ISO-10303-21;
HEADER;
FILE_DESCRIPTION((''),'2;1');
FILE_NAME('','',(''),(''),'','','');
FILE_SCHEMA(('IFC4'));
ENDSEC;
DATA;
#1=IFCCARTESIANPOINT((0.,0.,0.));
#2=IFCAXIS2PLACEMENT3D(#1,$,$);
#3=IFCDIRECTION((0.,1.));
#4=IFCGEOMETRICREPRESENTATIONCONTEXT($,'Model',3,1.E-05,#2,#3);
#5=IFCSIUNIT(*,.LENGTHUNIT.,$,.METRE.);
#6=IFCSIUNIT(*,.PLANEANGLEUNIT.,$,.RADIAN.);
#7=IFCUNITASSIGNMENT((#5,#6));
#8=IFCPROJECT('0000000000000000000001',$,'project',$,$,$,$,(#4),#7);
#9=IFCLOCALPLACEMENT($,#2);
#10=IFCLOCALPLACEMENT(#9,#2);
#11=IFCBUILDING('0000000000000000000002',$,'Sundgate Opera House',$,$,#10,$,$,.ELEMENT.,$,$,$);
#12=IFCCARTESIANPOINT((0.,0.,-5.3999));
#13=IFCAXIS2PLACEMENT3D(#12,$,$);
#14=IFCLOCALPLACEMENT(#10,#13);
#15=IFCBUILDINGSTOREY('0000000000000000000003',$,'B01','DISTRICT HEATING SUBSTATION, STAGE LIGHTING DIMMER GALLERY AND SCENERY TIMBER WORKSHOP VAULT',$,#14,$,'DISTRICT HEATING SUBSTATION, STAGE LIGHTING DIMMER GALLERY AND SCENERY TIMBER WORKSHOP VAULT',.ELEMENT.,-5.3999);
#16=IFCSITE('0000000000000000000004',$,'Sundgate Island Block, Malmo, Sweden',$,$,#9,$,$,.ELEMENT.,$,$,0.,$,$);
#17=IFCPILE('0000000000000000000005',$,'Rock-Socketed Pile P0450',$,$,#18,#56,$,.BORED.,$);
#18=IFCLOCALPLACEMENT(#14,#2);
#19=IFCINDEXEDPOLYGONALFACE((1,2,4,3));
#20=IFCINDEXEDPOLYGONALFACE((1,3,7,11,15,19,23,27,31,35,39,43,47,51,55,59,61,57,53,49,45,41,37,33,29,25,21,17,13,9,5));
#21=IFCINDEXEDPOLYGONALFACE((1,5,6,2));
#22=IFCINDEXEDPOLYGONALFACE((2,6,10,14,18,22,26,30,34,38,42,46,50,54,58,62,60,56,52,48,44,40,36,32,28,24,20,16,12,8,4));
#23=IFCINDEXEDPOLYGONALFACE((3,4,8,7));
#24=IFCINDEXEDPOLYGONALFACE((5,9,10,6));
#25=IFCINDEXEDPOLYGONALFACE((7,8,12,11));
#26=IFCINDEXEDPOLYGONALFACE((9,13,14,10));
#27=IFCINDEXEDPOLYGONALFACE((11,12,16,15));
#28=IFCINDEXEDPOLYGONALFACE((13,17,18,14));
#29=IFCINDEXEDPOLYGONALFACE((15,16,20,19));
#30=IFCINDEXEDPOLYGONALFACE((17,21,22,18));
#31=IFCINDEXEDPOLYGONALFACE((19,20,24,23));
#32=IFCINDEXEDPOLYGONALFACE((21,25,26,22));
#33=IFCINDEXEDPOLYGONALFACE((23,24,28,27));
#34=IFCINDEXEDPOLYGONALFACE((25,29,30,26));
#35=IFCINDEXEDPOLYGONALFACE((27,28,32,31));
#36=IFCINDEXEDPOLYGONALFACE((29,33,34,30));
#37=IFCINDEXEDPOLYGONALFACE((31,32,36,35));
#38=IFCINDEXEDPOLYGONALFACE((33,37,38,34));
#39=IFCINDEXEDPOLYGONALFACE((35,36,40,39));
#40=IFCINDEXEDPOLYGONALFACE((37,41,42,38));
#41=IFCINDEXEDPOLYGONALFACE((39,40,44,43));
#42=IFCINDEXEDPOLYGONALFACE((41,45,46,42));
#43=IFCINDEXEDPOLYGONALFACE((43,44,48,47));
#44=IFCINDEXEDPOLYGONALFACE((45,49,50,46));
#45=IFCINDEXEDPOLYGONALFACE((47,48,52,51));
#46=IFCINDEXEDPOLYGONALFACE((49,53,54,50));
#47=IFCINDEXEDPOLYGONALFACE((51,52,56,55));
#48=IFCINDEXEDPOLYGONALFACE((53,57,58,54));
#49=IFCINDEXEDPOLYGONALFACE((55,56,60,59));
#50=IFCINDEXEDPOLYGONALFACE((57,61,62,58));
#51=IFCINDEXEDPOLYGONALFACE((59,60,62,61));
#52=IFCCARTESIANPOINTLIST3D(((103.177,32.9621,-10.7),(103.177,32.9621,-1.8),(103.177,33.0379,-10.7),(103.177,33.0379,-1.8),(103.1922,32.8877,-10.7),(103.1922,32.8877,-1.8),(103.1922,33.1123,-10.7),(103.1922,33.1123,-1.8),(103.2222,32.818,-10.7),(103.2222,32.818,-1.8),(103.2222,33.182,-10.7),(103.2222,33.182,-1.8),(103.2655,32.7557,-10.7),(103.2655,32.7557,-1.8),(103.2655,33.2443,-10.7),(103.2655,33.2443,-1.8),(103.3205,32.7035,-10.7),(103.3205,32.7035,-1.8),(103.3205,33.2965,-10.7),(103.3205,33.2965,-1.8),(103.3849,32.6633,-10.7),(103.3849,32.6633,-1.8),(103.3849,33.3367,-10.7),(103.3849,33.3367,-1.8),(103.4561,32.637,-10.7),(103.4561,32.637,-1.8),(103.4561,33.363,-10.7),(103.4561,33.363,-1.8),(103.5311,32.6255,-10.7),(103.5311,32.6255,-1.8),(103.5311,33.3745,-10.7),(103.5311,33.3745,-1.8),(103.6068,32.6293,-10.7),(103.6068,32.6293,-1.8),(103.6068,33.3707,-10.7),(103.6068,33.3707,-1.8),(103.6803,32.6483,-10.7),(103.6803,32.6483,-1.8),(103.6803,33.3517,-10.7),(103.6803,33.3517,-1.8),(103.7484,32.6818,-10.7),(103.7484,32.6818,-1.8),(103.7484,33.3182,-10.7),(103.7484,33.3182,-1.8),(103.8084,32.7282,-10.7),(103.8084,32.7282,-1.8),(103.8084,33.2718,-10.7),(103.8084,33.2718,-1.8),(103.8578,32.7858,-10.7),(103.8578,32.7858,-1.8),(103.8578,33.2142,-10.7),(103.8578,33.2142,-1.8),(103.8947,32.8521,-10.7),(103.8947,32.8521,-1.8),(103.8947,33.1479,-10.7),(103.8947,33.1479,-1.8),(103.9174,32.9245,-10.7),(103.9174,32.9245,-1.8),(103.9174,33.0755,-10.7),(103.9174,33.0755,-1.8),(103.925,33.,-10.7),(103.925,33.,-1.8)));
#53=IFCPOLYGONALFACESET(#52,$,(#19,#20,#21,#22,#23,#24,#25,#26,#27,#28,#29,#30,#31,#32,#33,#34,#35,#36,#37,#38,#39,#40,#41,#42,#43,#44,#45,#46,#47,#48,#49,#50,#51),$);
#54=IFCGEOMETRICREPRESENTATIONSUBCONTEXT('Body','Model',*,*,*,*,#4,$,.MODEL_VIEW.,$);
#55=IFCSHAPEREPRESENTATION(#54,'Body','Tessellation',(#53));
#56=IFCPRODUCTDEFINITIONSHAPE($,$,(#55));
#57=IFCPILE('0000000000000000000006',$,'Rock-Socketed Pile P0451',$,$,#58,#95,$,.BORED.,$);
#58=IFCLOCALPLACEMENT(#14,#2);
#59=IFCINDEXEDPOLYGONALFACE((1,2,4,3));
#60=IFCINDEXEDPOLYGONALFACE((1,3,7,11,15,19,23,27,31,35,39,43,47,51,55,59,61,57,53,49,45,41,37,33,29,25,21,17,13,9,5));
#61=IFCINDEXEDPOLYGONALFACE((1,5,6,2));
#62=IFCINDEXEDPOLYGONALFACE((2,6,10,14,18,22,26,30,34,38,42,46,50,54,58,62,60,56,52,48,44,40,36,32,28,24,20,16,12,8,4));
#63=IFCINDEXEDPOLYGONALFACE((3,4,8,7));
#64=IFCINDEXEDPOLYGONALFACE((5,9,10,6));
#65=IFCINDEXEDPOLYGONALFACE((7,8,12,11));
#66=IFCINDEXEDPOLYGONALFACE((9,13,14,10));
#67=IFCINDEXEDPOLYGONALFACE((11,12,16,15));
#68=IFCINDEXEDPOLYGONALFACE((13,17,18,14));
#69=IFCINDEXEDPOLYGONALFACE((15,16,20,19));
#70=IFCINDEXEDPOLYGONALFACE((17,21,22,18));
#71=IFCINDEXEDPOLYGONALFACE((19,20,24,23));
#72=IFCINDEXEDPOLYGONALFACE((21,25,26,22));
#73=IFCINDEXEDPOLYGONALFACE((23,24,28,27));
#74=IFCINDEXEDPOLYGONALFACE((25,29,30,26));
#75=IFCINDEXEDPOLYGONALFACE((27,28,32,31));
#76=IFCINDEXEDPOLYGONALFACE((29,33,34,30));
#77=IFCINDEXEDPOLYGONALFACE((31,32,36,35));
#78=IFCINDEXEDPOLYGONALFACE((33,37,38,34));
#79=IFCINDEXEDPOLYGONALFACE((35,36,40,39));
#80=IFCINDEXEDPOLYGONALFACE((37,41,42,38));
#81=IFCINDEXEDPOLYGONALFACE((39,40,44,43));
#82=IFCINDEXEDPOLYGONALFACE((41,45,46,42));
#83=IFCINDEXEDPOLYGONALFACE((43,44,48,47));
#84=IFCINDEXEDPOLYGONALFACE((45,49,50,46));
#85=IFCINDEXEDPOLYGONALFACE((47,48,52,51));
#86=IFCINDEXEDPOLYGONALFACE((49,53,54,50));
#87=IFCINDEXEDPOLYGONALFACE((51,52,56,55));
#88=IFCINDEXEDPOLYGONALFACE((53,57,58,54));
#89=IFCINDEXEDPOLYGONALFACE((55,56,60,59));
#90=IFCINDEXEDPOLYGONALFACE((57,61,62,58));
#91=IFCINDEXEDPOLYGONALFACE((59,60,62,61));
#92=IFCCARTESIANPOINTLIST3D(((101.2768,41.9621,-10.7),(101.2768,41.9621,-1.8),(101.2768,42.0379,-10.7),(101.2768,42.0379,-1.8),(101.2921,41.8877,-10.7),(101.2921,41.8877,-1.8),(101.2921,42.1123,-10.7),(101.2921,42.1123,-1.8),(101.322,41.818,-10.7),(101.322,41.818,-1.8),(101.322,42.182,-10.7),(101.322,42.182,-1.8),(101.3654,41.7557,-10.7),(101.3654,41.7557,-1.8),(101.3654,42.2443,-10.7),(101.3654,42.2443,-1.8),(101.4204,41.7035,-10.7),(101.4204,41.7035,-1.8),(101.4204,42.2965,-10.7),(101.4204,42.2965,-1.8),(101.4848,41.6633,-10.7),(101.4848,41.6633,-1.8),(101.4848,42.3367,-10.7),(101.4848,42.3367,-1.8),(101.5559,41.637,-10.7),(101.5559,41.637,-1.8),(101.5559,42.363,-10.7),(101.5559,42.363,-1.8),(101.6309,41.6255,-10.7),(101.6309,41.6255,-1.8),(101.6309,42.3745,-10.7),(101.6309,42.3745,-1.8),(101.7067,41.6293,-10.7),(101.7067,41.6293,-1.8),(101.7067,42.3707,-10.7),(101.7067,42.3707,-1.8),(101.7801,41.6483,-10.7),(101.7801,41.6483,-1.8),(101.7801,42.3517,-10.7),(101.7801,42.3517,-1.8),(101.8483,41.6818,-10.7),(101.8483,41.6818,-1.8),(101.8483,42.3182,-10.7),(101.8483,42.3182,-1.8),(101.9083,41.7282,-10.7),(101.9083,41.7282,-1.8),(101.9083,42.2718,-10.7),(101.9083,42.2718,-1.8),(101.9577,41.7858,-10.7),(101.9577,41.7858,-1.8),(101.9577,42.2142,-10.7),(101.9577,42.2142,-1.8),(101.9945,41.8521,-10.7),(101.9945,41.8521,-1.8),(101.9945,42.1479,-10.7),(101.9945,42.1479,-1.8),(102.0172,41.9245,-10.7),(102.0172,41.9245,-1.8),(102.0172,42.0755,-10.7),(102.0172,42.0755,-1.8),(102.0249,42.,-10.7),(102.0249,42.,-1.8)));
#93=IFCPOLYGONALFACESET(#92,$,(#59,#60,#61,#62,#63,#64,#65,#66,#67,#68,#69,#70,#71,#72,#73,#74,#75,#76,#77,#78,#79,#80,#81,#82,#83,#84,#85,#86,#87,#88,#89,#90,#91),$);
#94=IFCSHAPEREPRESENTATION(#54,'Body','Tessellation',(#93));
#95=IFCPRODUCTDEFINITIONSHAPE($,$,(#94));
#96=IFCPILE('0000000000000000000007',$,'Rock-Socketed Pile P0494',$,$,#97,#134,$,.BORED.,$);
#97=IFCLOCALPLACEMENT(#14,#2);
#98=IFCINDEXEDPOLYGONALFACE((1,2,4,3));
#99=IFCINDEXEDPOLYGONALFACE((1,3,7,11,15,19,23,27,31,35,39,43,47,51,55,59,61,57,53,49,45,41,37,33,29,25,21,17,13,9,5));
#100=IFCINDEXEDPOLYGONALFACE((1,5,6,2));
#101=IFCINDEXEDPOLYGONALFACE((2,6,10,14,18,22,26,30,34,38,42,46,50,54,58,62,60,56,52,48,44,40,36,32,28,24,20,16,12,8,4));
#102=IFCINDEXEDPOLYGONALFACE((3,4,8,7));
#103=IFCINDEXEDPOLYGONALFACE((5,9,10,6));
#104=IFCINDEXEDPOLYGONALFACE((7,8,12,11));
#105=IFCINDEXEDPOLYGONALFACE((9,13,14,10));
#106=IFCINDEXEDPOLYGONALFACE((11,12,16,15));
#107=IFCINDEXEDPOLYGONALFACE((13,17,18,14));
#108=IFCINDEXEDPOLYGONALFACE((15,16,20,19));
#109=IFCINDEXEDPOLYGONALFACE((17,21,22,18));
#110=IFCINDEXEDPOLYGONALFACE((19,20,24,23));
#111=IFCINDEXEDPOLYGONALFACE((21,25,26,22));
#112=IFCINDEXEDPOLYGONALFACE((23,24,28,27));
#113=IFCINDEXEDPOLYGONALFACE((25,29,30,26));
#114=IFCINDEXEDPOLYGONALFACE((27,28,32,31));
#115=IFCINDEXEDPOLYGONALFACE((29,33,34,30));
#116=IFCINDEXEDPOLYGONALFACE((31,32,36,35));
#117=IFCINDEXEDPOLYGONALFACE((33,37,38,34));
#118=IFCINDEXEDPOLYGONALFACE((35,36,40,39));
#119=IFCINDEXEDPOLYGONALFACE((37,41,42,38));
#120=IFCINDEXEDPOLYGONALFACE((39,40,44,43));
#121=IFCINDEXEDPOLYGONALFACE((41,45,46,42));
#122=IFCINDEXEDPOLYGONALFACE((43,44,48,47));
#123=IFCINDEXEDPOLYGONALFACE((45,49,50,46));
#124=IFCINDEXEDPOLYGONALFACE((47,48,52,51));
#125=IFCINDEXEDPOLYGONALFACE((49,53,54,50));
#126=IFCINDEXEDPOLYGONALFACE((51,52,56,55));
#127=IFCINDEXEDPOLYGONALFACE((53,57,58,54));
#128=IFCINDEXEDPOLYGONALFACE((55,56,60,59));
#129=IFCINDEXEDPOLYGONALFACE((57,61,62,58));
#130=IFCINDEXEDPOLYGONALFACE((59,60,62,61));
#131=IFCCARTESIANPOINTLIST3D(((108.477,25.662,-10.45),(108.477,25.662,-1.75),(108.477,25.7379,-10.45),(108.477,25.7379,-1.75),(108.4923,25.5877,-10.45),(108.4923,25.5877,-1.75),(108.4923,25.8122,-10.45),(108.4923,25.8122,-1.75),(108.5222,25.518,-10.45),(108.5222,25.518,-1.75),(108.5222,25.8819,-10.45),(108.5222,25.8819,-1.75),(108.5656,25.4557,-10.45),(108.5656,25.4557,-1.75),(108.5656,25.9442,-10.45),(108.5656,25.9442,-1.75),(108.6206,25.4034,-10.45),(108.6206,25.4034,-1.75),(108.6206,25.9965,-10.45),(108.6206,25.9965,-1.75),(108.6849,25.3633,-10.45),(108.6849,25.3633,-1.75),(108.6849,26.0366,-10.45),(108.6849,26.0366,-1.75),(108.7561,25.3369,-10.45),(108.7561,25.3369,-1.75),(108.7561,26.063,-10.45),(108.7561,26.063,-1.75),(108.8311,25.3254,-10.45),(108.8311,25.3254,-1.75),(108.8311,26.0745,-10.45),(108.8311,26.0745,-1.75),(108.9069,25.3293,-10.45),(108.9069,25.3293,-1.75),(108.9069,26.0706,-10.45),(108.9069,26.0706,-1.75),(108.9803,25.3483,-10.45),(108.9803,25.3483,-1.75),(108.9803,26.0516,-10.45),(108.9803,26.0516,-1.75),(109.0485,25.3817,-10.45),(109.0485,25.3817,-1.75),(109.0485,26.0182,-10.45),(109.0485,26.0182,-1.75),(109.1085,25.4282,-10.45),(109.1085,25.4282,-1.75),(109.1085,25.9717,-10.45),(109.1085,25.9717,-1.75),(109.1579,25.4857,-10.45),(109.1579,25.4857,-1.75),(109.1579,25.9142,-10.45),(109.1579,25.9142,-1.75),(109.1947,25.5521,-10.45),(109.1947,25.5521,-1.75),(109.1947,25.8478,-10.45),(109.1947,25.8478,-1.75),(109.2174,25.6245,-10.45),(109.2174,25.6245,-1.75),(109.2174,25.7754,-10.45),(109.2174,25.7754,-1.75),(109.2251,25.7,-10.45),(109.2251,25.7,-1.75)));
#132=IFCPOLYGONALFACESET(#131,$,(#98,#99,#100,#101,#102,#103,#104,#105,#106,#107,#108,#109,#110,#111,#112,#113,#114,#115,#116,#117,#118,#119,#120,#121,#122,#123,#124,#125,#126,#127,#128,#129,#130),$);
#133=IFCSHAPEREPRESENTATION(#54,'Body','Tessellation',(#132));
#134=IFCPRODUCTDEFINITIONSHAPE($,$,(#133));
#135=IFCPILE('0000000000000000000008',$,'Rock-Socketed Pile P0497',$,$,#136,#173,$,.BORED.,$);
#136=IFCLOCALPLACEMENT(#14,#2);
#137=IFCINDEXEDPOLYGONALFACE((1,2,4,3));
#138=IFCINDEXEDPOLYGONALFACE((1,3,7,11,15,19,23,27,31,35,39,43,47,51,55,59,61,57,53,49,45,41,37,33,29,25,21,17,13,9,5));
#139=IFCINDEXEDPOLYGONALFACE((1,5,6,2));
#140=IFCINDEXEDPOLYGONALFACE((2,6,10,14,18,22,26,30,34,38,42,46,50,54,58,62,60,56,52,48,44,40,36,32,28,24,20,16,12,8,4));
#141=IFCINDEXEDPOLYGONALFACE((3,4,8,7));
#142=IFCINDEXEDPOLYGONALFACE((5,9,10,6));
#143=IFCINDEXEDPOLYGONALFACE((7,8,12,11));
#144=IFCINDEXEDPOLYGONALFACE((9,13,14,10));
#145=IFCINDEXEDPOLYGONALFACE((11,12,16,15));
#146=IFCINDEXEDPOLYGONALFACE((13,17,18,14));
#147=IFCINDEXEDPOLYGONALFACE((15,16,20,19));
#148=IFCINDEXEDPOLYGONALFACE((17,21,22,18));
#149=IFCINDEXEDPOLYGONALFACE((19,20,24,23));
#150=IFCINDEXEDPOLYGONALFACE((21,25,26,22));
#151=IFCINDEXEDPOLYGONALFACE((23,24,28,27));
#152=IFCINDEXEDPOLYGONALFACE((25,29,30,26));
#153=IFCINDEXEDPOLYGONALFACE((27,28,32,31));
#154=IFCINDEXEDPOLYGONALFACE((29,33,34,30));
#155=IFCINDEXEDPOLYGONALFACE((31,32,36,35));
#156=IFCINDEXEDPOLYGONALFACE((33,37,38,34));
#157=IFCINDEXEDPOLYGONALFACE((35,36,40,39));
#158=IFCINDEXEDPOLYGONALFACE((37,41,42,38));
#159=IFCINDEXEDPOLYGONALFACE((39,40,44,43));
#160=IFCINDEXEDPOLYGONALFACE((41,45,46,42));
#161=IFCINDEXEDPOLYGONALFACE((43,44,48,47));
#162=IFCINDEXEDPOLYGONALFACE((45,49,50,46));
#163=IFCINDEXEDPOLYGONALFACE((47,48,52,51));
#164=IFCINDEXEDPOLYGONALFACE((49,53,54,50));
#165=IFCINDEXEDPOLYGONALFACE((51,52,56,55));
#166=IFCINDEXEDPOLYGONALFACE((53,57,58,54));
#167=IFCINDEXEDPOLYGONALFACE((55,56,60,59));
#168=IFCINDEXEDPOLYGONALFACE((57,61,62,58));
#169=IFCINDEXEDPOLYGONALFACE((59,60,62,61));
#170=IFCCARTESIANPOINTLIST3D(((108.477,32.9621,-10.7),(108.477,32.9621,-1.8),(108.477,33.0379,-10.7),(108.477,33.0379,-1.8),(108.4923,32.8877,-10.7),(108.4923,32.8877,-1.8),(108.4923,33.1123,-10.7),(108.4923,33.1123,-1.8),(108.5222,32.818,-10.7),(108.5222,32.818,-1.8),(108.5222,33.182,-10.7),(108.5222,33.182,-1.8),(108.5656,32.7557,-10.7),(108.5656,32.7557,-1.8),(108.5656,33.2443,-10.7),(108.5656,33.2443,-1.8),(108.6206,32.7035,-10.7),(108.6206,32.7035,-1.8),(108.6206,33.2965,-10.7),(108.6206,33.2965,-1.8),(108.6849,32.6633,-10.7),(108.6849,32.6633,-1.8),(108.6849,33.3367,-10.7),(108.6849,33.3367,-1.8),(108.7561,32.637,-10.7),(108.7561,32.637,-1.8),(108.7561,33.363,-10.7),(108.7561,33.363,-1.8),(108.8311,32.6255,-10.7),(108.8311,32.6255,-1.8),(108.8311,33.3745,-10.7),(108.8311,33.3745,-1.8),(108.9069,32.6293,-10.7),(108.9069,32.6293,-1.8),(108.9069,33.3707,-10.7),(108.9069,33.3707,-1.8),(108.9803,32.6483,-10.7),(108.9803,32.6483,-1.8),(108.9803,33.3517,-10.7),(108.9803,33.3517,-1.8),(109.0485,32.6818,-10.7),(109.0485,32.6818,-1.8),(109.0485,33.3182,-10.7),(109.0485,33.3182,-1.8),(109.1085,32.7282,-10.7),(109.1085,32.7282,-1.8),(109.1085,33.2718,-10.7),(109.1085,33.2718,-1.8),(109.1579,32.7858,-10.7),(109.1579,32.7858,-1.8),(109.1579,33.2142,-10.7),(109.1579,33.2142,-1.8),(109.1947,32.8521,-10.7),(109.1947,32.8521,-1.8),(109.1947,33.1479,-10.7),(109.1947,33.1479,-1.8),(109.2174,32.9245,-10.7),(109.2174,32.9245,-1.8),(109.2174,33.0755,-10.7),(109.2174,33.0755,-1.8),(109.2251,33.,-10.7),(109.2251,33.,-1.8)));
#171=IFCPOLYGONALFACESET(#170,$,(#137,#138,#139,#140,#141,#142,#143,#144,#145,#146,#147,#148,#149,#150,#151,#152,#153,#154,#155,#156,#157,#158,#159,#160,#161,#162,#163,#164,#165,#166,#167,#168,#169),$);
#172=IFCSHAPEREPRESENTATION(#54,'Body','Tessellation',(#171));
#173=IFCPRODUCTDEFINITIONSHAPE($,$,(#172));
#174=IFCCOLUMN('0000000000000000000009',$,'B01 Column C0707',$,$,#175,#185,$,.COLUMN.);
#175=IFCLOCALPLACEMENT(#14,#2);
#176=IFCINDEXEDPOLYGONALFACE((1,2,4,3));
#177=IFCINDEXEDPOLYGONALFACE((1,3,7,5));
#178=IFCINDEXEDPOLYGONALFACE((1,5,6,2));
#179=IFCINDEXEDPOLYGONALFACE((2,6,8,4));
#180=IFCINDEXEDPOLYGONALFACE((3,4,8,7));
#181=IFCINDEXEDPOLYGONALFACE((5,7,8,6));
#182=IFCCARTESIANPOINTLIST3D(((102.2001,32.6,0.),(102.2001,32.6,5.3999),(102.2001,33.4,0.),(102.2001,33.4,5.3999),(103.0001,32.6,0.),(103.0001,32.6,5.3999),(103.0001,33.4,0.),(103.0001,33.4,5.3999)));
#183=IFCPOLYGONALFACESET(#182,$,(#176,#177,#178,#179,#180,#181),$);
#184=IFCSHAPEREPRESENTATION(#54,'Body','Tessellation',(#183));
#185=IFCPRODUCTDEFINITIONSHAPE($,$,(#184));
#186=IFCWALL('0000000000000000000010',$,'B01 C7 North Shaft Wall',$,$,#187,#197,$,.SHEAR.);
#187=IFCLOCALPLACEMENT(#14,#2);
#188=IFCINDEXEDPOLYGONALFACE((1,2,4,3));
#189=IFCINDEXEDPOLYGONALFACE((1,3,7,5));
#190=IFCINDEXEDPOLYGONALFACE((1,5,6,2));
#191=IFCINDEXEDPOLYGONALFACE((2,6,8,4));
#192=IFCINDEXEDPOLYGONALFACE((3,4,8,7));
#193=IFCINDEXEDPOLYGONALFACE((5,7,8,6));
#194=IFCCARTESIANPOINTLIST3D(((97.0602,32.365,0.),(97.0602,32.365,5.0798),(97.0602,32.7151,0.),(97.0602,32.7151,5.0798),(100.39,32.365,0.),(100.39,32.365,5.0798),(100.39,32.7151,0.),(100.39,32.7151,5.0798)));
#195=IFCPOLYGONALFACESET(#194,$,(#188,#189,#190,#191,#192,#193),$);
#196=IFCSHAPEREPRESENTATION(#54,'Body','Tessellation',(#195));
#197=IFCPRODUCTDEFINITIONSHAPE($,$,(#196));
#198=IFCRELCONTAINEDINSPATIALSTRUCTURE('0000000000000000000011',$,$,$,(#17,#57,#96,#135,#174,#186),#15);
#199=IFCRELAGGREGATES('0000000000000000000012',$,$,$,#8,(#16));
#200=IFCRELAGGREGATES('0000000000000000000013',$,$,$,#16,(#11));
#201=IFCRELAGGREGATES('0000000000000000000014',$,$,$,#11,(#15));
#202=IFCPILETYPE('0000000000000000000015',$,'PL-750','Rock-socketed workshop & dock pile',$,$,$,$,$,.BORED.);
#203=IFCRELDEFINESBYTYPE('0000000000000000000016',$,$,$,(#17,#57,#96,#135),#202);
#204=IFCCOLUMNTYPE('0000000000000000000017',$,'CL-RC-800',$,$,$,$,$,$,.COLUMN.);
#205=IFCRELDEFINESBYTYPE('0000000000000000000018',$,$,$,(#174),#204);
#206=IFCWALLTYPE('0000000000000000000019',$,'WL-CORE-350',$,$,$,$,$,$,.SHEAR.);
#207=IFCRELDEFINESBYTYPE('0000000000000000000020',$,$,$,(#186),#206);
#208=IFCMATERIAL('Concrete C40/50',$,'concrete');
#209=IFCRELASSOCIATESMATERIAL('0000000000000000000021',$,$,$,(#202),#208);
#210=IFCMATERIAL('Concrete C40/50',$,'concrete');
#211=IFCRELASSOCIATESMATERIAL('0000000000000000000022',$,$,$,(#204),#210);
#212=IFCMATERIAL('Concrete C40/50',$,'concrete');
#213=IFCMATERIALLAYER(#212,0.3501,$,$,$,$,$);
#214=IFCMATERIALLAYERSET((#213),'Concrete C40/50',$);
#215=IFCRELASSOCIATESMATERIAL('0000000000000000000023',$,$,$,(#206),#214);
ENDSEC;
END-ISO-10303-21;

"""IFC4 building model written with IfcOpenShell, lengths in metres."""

from ifc_helpers import new_model, si_unit, direction, frame, frame_2d, origin, origin_2d, place, context, subcontext, project, spatial, rectangle, circle, extrude, material, layer, layer_set, material_profile, profile_set, type_object, element, save


model = new_model("IFC4")

# Units and contexts
model_context = context("Model", 3, precision=1e-05, world=origin(), true_north=direction((0.0, 1.0)))
body_context = subcontext(model_context, "Body", "Model", "MODEL_VIEW")
ifc_project = project(units=[si_unit("LENGTHUNIT", "METRE"), si_unit("PLANEANGLEUNIT", "RADIAN")], contexts=[model_context])

# Site, building, storey
site_placement = place(None, origin())
site = spatial("IfcSite", under=ifc_project, at=site_placement, Name="Sundgate Island Block, Malmo, Sweden", CompositionType="ELEMENT", RefElevation=0.0)
building_placement = place(site_placement, origin())
building = spatial("IfcBuilding", under=site, at=building_placement, Name="Sundgate Opera House", CompositionType="ELEMENT")
storey_placement = place(building_placement, frame((0.0, 0.0, -5.3999)))
storey = spatial("IfcBuildingStorey", under=building, at=storey_placement, Name="B01", Description="DISTRICT HEATING SUBSTATION, STAGE LIGHTING DIMMER GALLERY AND SCENERY TIMBER WORKSHOP VAULT", LongName="DISTRICT HEATING SUBSTATION, STAGE LIGHTING DIMMER GALLERY AND SCENERY TIMBER WORKSHOP VAULT", CompositionType="ELEMENT", Elevation=-5.3999)

# Piles
ifc_material_1 = material(Name="Concrete C40/50", Category="concrete")
ifc_material_profile_1 = material_profile(ifc_material_1, circle(Radius=0.375, at=origin_2d()), Name="PILE D750")
ifc_profile_set_1 = profile_set([ifc_material_profile_1], Name="Concrete C40/50")
pile_type = type_object("IfcPileType", Name="PL-750", Description="Rock-socketed workshop & dock pile", PredefinedType="BORED", material=ifc_profile_set_1)
for number, where, z_axis, x_axis, name in (
    (1, (103.55, 33.0, -1.8), (0.0, 0.0, -1.0), (1.0, 0.0, 0.0), "Rock-Socketed Pile P0450"),
    (2, (101.6499, 42.0, -1.8), (0.0, 0.0, -1.0), (1.0, 0.0, 0.0), "Rock-Socketed Pile P0451"),
):
    element("IfcPile", number, at=place(storey_placement, frame(where, z_axis=z_axis, x_axis=x_axis)), inside=storey, type_object=pile_type, Name=name, PredefinedType="BORED", context=body_context, shape_type="SweptSolid", body=[
        extrude(circle(Radius=0.375, at=origin_2d()), origin(), (0.0, 0.0, 1.0), 8.8999),
    ])
pile_1_placement = place(storey_placement, frame((108.8501, 25.7, -1.75), z_axis=(0.0, 0.0, -1.0), x_axis=(1.0, 0.0, 0.0)))
element("IfcPile", 3, at=pile_1_placement, inside=storey, type_object=pile_type, Name="Rock-Socketed Pile P0494", PredefinedType="BORED", context=body_context, shape_type="SweptSolid", body=[
    extrude(circle(Radius=0.375, at=origin_2d()), origin(), (0.0, 0.0, 1.0), 8.7),
])
pile_2_placement = place(storey_placement, frame((108.8501, 33.0, -1.8), z_axis=(0.0, 0.0, -1.0), x_axis=(1.0, 0.0, 0.0)))
element("IfcPile", 4, at=pile_2_placement, inside=storey, type_object=pile_type, Name="Rock-Socketed Pile P0497", PredefinedType="BORED", context=body_context, shape_type="SweptSolid", body=[
    extrude(circle(Radius=0.375, at=origin_2d()), origin(), (0.0, 0.0, 1.0), 8.8999),
])

# Column
ifc_material_2 = material(Name="Concrete C40/50", Category="concrete")
ifc_material_profile_2 = material_profile(ifc_material_2, rectangle(XDim=0.8, YDim=0.8, at=origin_2d()), Name="RC 800x800")
ifc_profile_set_2 = profile_set([ifc_material_profile_2], Name="Concrete C40/50")
column_type = type_object("IfcColumnType", Name="CL-RC-800", PredefinedType="COLUMN", material=ifc_profile_set_2)
column_placement = place(storey_placement, frame((102.6001, 33.0, 0.0), z_axis=(0.0, 0.0, 1.0), x_axis=(1.0, 0.0, 0.0)))
element("IfcColumn", 5, at=column_placement, inside=storey, type_object=column_type, Name="B01 Column C0707", PredefinedType="COLUMN", context=body_context, shape_type="SweptSolid", body=[
    extrude(rectangle(XDim=0.8, YDim=0.8, at=origin_2d()), origin(), (0.0, 0.0, 1.0), 5.3999),
])

# Wall
ifc_material_3 = material(Name="Concrete C40/50", Category="concrete")
ifc_layer_1 = layer(ifc_material_3, 0.3501)
ifc_layer_set_1 = layer_set([ifc_layer_1], Name="Concrete C40/50")
wall_type_1 = type_object("IfcWallType", Name="WL-CORE-350", PredefinedType="SHEAR", material=ifc_layer_set_1)
wall_1_placement = place(storey_placement, frame((97.0601, 32.54, 0.0), z_axis=(0.0, 0.0, 1.0), x_axis=(1.0, 0.0, 0.0)))
element("IfcWall", 6, at=wall_1_placement, inside=storey, type_object=wall_type_1, Name="B01 C7 North Shaft Wall", PredefinedType="SHEAR", context=body_context, shape_type="SweptSolid", body=[
    extrude(rectangle(XDim=3.3298, YDim=0.3501, at=frame_2d((1.665, 0.0))), origin(), (0.0, 0.0, 1.0), 5.0798),
])

save(model, "model.ifc")
